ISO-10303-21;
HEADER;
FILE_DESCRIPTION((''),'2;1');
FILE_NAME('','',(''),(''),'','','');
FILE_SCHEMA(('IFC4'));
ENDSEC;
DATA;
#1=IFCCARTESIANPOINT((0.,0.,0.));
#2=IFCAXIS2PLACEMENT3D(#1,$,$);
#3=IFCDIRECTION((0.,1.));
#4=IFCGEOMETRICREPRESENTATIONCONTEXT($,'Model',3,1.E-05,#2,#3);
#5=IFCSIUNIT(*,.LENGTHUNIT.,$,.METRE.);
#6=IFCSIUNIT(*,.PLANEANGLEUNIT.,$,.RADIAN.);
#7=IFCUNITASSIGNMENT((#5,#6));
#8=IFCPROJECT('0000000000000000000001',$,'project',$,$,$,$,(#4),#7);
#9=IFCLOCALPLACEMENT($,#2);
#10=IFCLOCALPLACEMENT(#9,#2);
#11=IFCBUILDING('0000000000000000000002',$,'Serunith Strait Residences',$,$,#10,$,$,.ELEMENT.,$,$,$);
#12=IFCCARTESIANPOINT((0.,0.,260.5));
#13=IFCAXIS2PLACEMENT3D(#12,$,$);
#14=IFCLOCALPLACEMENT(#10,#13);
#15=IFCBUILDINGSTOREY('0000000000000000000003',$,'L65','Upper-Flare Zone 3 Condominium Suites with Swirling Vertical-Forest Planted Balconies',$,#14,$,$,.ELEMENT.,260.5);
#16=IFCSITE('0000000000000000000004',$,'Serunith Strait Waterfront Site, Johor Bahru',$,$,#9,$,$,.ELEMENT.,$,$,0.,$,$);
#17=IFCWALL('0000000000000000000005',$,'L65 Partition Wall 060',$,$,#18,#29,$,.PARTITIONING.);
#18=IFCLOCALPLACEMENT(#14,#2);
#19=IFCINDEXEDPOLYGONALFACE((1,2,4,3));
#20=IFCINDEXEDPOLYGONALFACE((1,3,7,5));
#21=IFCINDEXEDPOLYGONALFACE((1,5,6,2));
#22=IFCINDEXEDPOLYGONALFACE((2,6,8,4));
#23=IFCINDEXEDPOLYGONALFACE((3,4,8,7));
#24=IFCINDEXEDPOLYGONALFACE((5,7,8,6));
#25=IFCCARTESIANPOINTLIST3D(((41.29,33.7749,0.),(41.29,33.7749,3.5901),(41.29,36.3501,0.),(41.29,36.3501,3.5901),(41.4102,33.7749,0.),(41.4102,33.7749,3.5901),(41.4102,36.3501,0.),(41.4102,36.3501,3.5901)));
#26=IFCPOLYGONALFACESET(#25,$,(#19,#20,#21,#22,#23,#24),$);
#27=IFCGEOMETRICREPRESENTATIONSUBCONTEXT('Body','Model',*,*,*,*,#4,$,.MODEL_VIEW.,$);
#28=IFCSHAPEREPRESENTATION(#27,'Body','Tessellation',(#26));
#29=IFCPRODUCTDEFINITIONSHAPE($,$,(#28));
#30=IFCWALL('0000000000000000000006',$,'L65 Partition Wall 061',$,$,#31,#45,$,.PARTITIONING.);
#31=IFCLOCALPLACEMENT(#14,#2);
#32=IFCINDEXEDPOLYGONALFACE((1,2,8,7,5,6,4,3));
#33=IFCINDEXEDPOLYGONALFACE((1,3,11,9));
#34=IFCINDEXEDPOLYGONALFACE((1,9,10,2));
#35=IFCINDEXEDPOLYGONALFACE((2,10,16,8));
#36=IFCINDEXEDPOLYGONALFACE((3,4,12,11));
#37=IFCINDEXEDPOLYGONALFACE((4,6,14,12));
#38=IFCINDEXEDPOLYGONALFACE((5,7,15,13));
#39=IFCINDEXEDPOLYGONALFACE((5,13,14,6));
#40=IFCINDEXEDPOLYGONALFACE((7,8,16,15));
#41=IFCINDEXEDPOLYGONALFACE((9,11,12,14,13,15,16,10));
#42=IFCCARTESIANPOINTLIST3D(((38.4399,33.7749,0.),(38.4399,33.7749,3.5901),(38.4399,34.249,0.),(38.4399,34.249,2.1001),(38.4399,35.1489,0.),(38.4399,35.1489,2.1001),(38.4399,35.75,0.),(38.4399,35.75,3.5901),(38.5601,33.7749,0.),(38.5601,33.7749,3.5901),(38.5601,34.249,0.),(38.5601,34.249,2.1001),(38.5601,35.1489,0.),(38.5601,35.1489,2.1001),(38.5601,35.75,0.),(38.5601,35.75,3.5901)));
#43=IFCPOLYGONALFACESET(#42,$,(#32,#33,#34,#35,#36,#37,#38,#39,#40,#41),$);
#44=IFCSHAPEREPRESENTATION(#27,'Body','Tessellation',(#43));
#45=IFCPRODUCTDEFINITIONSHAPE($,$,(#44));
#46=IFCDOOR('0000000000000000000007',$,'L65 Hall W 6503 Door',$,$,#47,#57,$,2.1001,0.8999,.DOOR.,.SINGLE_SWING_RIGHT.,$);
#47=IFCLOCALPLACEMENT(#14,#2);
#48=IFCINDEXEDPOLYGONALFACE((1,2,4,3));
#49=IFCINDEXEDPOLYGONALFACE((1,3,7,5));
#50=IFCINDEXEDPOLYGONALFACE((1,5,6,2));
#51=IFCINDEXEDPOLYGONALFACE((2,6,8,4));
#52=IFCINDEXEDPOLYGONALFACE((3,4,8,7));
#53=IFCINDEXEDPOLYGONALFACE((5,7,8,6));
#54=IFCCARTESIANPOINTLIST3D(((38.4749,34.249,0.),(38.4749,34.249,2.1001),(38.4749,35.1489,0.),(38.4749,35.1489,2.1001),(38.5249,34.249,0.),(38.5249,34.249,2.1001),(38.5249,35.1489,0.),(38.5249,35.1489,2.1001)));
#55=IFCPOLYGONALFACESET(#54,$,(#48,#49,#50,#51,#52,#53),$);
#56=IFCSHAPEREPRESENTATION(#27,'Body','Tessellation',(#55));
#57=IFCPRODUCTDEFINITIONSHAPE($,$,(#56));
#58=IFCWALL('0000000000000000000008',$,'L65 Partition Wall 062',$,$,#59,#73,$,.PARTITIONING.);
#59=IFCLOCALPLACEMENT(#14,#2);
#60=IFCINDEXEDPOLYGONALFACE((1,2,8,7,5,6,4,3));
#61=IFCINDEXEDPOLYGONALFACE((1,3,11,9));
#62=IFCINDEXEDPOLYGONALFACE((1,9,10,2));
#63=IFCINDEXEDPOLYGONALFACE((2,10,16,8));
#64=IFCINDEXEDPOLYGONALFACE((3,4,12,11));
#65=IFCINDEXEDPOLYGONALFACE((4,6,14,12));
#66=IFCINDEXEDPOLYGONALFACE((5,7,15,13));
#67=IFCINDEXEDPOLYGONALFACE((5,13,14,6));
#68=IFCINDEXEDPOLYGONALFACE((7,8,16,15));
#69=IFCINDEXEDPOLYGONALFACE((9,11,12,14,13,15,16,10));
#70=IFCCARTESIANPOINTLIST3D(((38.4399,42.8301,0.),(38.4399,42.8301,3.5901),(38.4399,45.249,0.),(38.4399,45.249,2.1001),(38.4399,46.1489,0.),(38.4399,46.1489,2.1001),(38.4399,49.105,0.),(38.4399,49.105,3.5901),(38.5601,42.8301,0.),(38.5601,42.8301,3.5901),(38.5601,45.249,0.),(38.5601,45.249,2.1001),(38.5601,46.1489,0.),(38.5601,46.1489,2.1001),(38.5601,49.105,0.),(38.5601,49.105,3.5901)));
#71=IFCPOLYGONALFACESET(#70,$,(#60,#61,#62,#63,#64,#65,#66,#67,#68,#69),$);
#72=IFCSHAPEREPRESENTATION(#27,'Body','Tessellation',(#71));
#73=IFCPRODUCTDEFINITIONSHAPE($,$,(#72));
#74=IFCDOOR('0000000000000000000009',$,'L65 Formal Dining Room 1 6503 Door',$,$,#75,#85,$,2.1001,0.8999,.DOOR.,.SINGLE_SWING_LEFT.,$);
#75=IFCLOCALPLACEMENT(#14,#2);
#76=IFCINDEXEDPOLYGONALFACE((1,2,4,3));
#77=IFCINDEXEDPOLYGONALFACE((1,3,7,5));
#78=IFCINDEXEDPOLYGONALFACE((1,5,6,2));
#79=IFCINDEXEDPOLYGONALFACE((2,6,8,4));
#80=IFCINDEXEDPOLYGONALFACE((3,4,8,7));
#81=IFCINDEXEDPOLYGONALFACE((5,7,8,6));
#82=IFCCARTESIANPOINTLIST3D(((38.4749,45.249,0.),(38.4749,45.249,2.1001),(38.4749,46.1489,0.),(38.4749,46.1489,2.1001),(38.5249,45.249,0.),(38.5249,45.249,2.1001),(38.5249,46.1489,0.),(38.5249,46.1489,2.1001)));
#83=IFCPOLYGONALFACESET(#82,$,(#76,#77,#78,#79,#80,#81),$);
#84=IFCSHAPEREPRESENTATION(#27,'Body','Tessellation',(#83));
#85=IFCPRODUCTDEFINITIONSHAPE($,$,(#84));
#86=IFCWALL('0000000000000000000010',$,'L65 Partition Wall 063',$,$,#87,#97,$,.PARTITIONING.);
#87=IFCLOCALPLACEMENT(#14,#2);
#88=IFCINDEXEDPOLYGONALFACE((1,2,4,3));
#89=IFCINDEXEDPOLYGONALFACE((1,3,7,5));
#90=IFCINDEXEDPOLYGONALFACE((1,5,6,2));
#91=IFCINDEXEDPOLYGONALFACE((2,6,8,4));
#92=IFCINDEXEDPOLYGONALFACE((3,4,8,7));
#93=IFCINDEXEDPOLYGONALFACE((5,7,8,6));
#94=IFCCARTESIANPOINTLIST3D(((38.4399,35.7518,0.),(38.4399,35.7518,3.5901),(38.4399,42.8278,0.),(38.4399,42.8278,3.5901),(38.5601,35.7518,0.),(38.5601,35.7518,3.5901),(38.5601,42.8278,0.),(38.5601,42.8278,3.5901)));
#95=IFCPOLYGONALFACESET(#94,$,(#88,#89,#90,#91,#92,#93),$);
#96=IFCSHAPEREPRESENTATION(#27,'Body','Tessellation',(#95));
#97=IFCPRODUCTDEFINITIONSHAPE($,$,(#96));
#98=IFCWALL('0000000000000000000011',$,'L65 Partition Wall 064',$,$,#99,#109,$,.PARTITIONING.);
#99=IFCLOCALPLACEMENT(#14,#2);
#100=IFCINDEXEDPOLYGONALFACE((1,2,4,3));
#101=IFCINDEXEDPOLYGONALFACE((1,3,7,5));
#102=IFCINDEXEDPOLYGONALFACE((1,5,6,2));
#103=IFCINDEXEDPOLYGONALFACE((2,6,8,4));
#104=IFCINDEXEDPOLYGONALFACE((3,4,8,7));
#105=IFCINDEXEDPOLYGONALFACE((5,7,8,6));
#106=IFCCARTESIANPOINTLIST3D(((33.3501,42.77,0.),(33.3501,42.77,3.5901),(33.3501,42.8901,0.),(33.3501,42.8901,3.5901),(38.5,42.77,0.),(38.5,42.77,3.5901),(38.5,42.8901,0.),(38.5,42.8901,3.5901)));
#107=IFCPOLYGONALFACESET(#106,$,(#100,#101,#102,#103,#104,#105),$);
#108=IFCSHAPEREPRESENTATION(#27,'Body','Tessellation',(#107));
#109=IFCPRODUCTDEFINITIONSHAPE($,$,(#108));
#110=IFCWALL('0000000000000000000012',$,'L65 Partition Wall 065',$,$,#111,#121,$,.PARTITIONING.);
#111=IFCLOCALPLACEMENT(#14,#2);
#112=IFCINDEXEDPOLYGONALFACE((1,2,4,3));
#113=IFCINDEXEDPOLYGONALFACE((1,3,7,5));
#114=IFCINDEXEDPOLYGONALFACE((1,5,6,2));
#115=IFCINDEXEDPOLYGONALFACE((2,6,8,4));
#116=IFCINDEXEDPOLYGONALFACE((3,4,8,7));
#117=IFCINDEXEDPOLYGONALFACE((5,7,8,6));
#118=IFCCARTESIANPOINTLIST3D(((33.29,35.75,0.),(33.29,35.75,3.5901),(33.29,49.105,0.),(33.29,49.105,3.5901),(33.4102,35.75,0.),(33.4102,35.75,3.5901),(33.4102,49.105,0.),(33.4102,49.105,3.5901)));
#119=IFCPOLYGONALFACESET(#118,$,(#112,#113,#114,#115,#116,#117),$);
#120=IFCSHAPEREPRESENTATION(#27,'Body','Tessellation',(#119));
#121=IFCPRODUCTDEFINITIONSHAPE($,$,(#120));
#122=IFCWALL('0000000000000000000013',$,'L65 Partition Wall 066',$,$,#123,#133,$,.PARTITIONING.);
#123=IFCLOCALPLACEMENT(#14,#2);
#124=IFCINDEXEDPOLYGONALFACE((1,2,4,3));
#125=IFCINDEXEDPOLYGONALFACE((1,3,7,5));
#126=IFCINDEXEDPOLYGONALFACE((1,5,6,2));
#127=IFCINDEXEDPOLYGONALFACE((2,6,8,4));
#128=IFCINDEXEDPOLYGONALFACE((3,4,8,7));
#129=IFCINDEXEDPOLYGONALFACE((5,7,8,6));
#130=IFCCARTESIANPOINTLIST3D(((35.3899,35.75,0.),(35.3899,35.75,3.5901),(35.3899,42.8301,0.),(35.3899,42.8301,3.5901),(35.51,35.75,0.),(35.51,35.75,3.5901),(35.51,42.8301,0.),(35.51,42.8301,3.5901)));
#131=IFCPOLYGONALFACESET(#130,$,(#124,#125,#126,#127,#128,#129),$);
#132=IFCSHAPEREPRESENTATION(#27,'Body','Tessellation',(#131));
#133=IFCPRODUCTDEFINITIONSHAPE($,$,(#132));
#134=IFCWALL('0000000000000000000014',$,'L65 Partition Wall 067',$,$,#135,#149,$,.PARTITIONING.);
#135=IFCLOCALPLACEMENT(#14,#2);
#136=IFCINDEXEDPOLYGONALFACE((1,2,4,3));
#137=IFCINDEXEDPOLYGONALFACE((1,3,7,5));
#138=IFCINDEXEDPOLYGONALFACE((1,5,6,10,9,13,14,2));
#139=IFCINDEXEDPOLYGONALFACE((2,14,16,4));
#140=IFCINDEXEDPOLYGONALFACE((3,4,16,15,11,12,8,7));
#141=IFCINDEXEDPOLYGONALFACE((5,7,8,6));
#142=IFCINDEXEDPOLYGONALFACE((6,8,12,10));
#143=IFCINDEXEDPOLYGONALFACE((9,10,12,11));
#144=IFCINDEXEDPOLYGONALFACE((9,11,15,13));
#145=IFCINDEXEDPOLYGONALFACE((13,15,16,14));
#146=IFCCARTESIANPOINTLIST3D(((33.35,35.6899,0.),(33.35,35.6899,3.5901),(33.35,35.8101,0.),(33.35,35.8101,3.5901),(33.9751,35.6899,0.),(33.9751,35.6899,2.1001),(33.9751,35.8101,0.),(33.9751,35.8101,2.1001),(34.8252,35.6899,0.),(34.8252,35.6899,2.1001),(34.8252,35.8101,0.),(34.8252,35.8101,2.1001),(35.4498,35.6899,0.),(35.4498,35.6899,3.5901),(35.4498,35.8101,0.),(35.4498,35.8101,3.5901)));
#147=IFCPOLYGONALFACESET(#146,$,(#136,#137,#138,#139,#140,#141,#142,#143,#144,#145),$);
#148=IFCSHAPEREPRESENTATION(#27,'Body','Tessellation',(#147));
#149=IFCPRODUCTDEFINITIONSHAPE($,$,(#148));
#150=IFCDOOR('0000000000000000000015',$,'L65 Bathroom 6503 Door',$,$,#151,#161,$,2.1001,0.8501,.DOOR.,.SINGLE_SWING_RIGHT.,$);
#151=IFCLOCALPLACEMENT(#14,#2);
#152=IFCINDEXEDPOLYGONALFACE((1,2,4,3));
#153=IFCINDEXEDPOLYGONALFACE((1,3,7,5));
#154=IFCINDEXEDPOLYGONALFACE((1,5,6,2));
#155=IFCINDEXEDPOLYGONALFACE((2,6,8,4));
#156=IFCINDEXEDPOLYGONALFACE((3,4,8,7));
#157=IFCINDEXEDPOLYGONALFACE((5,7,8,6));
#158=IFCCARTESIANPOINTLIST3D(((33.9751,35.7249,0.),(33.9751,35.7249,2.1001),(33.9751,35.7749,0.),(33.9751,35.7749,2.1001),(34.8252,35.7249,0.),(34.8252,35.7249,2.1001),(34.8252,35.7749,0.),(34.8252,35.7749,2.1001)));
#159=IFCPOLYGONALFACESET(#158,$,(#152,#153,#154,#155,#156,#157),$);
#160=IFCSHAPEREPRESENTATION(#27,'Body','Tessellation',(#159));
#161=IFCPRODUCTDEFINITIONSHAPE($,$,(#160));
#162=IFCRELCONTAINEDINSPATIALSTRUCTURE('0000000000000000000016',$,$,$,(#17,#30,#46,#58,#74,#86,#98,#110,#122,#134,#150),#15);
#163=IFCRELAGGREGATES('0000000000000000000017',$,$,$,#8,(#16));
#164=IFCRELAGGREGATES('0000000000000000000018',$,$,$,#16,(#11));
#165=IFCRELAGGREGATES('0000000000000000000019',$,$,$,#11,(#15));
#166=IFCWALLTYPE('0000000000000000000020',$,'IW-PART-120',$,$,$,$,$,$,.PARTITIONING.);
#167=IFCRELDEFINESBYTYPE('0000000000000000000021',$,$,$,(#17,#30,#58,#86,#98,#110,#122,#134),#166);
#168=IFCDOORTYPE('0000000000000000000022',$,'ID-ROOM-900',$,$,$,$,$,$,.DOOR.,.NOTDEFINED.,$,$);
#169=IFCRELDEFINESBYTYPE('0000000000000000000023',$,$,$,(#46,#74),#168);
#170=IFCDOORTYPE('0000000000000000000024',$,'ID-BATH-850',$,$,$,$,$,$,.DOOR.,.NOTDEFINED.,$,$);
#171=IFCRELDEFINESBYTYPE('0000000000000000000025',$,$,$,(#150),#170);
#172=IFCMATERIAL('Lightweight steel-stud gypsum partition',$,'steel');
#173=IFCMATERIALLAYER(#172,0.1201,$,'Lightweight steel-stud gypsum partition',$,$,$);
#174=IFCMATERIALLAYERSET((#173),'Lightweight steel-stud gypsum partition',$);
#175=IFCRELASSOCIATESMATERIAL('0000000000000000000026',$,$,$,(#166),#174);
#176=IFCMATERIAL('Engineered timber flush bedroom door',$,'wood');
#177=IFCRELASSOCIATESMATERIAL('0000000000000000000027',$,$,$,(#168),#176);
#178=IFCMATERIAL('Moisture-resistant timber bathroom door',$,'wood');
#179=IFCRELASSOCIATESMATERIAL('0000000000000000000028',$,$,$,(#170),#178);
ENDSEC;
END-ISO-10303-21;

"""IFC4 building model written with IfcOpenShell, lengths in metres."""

from ifc_helpers import new_model, si_unit, direction, frame, frame_2d, origin, place, context, subcontext, project, spatial, rectangle, extrude, source, transform, mapped, material, layer, layer_set, type_object, element, fill, save


model = new_model("IFC4")

# Units and contexts
model_context = context("Model", 3, precision=1e-05, world=origin(), true_north=direction((0.0, 1.0)))
body_context = subcontext(model_context, "Body", "Model", "MODEL_VIEW")
ifc_project = project(units=[si_unit("LENGTHUNIT", "METRE"), si_unit("PLANEANGLEUNIT", "RADIAN")], contexts=[model_context])

# Site, building, storey
site_placement = place(None, origin())
site = spatial("IfcSite", under=ifc_project, at=site_placement, Name="Serunith Strait Waterfront Site, Johor Bahru", CompositionType="ELEMENT", RefElevation=0.0)
building_placement = place(site_placement, origin())
building = spatial("IfcBuilding", under=site, at=building_placement, Name="Serunith Strait Residences", CompositionType="ELEMENT")
storey_placement = place(building_placement, frame((0.0, 0.0, 260.5)))
storey = spatial("IfcBuildingStorey", under=building, at=storey_placement, Name="L65", Description="Upper-Flare Zone 3 Condominium Suites with Swirling Vertical-Forest Planted Balconies", CompositionType="ELEMENT", Elevation=260.5)

# Shared definitions
ifc_material_1 = material(Name="Lightweight steel-stud gypsum partition", Category="steel")
ifc_layer_1 = layer(ifc_material_1, 0.1201, Name="Lightweight steel-stud gypsum partition")
ifc_layer_set_1 = layer_set([ifc_layer_1], Name="Lightweight steel-stud gypsum partition")
wall_type = type_object("IfcWallType", Name="IW-PART-120", PredefinedType="PARTITIONING", material=ifc_layer_set_1)
shared_shape_1 = source(origin(), body_context, "Body", "SweptSolid", [
    extrude(rectangle(XDim=0.8501, YDim=2.1001, at=frame_2d((0.425, 1.05))), frame((0.0, 0.0249, 0.0), z_axis=(0.0, -1.0, 0.0), x_axis=(1.0, 0.0, 0.0)), (0.0, 0.0, 1.0), 0.05),
])

# Wall
wall_1_placement = place(storey_placement, frame((41.3501, 36.3501, 0.0), z_axis=(0.0, 0.0, 1.0), x_axis=(0.0, -1.0, 0.0)))
element("IfcWall", 1, at=wall_1_placement, inside=storey, type_object=wall_type, Name="L65 Partition Wall 060", PredefinedType="PARTITIONING", context=body_context, shape_type="SweptSolid", body=[
    extrude(rectangle(XDim=2.5752, YDim=0.1201, at=frame_2d((1.2876, 0.0))), origin(), (0.0, 0.0, 1.0), 3.5901),
])

# Walls, openings, doors
wall_2_placement = place(storey_placement, frame((38.5, 35.75, 0.0), z_axis=(0.0, 0.0, 1.0), x_axis=(0.0, -1.0, 0.0)))
wall_2 = element("IfcWall", 2, at=wall_2_placement, inside=storey, type_object=wall_type, Name="L65 Partition Wall 061", PredefinedType="PARTITIONING", context=body_context, shape_type="SweptSolid", body=[
    extrude(rectangle(XDim=1.9751, YDim=0.1201, at=frame_2d((0.9875, 0.0))), origin(), (0.0, 0.0, 1.0), 3.5901),
])
opening_1_placement = place(wall_2_placement, frame((0.6011, 0.0, 0.0)))
opening_1 = element("IfcOpeningElement", 3, at=opening_1_placement, cuts=wall_2, PredefinedType="OPENING", context=body_context, shape_type="SweptSolid", body=[
    extrude(rectangle(XDim=0.8999, YDim=2.1001, at=frame_2d((0.45, 1.05))), frame((0.0, 0.0701, 0.0), z_axis=(0.0, -1.0, 0.0), x_axis=(1.0, 0.0, 0.0)), (0.0, 0.0, 1.0), 0.1401),
])
ifc_material_2 = material(Name="Engineered timber flush bedroom door", Category="wood")
door_type_1 = type_object("IfcDoorType", Name="ID-ROOM-900", OperationType="NOTDEFINED", PredefinedType="DOOR", material=ifc_material_2)
shared_shape_2 = source(origin(), body_context, "Body", "SweptSolid", [
    extrude(rectangle(XDim=0.8999, YDim=2.1001, at=frame_2d((0.45, 1.05))), frame((0.0, 0.0249, 0.0), z_axis=(0.0, -1.0, 0.0), x_axis=(1.0, 0.0, 0.0)), (0.0, 0.0, 1.0), 0.05),
])
door_1_placement = place(opening_1_placement, origin())
door_1 = element("IfcDoor", 4, at=door_1_placement, inside=storey, type_object=door_type_1, Name="L65 Hall W 6503 Door", OperationType="SINGLE_SWING_RIGHT", OverallHeight=2.1001, OverallWidth=0.8999, PredefinedType="DOOR", context=body_context, shape_type="MappedRepresentation", body=[
    mapped(shared_shape_2, transform((0.0, 0.0, 0.0), scale=1.0)),
])
fill(opening_1, door_1)
wall_3_placement = place(storey_placement, frame((38.5, 49.105, 0.0), z_axis=(0.0, 0.0, 1.0), x_axis=(0.0, -1.0, 0.0)))
wall_3 = element("IfcWall", 5, at=wall_3_placement, inside=storey, type_object=wall_type, Name="L65 Partition Wall 062", PredefinedType="PARTITIONING", context=body_context, shape_type="SweptSolid", body=[
    extrude(rectangle(XDim=6.2749, YDim=0.1201, at=frame_2d((3.1375, 0.0))), origin(), (0.0, 0.0, 1.0), 3.5901),
])
opening_2_placement = place(wall_3_placement, frame((2.9561, 0.0, 0.0)))
opening_2 = element("IfcOpeningElement", 6, at=opening_2_placement, cuts=wall_3, PredefinedType="OPENING", context=body_context, shape_type="SweptSolid", body=[
    extrude(rectangle(XDim=0.8999, YDim=2.1001, at=frame_2d((0.45, 1.05))), frame((0.0, 0.0701, 0.0), z_axis=(0.0, -1.0, 0.0), x_axis=(1.0, 0.0, 0.0)), (0.0, 0.0, 1.0), 0.1401),
])
door_2_placement = place(opening_2_placement, origin())
door_2 = element("IfcDoor", 7, at=door_2_placement, inside=storey, type_object=door_type_1, Name="L65 Formal Dining Room 1 6503 Door", OperationType="SINGLE_SWING_LEFT", OverallHeight=2.1001, OverallWidth=0.8999, PredefinedType="DOOR", context=body_context, shape_type="MappedRepresentation", body=[
    mapped(shared_shape_2, transform((0.0, 0.0, 0.0), scale=1.0)),
])
fill(opening_2, door_2)

# Walls
wall_4_placement = place(storey_placement, frame((38.5, 42.8279, 0.0), z_axis=(0.0, 0.0, 1.0), x_axis=(0.0, -1.0, 0.0)))
element("IfcWall", 8, at=wall_4_placement, inside=storey, type_object=wall_type, Name="L65 Partition Wall 063", PredefinedType="PARTITIONING", context=body_context, shape_type="SweptSolid", body=[
    extrude(rectangle(XDim=7.0759, YDim=0.1201, at=frame_2d((3.5381, 0.0))), origin(), (0.0, 0.0, 1.0), 3.5901),
])
wall_5_placement = place(storey_placement, frame((33.3501, 42.8301, 0.0), z_axis=(0.0, 0.0, 1.0), x_axis=(1.0, 0.0, 0.0)))
element("IfcWall", 9, at=wall_5_placement, inside=storey, type_object=wall_type, Name="L65 Partition Wall 064", PredefinedType="PARTITIONING", context=body_context, shape_type="SweptSolid", body=[
    extrude(rectangle(XDim=5.1499, YDim=0.1201, at=frame_2d((2.575, 0.0))), origin(), (0.0, 0.0, 1.0), 3.5901),
])
wall_6_placement = place(storey_placement, frame((33.3501, 49.105, 0.0), z_axis=(0.0, 0.0, 1.0), x_axis=(0.0, -1.0, 0.0)))
element("IfcWall", 10, at=wall_6_placement, inside=storey, type_object=wall_type, Name="L65 Partition Wall 065", PredefinedType="PARTITIONING", context=body_context, shape_type="SweptSolid", body=[
    extrude(rectangle(XDim=13.355, YDim=0.1201, at=frame_2d((6.6775, 0.0))), origin(), (0.0, 0.0, 1.0), 3.5901),
])
wall_7_placement = place(storey_placement, frame((35.45, 42.8301, 0.0), z_axis=(0.0, 0.0, 1.0), x_axis=(0.0, -1.0, 0.0)))
element("IfcWall", 11, at=wall_7_placement, inside=storey, type_object=wall_type, Name="L65 Partition Wall 066", PredefinedType="PARTITIONING", context=body_context, shape_type="SweptSolid", body=[
    extrude(rectangle(XDim=7.0801, YDim=0.1201, at=frame_2d((3.54, 0.0))), origin(), (0.0, 0.0, 1.0), 3.5901),
])

# Wall, opening, door
wall_8_placement = place(storey_placement, frame((33.3501, 35.75, 0.0), z_axis=(0.0, 0.0, 1.0), x_axis=(1.0, 0.0, 0.0)))
wall_8 = element("IfcWall", 12, at=wall_8_placement, inside=storey, type_object=wall_type, Name="L65 Partition Wall 067", PredefinedType="PARTITIONING", context=body_context, shape_type="SweptSolid", body=[
    extrude(rectangle(XDim=2.0999, YDim=0.1201, at=frame_2d((1.0498, 0.0))), origin(), (0.0, 0.0, 1.0), 3.5901),
])
opening_3_placement = place(wall_8_placement, frame((0.625, 0.0, 0.0)))
opening_3 = element("IfcOpeningElement", 13, at=opening_3_placement, cuts=wall_8, PredefinedType="OPENING", context=body_context, shape_type="SweptSolid", body=[
    extrude(rectangle(XDim=0.8501, YDim=2.1001, at=frame_2d((0.425, 1.05))), frame((0.0, 0.0701, 0.0), z_axis=(0.0, -1.0, 0.0), x_axis=(1.0, 0.0, 0.0)), (0.0, 0.0, 1.0), 0.1401),
])
ifc_material_3 = material(Name="Moisture-resistant timber bathroom door", Category="wood")
door_type_2 = type_object("IfcDoorType", Name="ID-BATH-850", OperationType="NOTDEFINED", PredefinedType="DOOR", material=ifc_material_3)
door_3_placement = place(opening_3_placement, origin())
door_3 = element("IfcDoor", 14, at=door_3_placement, inside=storey, type_object=door_type_2, Name="L65 Bathroom 6503 Door", OperationType="SINGLE_SWING_RIGHT", OverallHeight=2.1001, OverallWidth=0.8501, PredefinedType="DOOR", context=body_context, shape_type="MappedRepresentation", body=[
    mapped(shared_shape_1, transform((0.0, 0.0, 0.0), scale=1.0)),
])
fill(opening_3, door_3)

save(model, "model.ifc")
